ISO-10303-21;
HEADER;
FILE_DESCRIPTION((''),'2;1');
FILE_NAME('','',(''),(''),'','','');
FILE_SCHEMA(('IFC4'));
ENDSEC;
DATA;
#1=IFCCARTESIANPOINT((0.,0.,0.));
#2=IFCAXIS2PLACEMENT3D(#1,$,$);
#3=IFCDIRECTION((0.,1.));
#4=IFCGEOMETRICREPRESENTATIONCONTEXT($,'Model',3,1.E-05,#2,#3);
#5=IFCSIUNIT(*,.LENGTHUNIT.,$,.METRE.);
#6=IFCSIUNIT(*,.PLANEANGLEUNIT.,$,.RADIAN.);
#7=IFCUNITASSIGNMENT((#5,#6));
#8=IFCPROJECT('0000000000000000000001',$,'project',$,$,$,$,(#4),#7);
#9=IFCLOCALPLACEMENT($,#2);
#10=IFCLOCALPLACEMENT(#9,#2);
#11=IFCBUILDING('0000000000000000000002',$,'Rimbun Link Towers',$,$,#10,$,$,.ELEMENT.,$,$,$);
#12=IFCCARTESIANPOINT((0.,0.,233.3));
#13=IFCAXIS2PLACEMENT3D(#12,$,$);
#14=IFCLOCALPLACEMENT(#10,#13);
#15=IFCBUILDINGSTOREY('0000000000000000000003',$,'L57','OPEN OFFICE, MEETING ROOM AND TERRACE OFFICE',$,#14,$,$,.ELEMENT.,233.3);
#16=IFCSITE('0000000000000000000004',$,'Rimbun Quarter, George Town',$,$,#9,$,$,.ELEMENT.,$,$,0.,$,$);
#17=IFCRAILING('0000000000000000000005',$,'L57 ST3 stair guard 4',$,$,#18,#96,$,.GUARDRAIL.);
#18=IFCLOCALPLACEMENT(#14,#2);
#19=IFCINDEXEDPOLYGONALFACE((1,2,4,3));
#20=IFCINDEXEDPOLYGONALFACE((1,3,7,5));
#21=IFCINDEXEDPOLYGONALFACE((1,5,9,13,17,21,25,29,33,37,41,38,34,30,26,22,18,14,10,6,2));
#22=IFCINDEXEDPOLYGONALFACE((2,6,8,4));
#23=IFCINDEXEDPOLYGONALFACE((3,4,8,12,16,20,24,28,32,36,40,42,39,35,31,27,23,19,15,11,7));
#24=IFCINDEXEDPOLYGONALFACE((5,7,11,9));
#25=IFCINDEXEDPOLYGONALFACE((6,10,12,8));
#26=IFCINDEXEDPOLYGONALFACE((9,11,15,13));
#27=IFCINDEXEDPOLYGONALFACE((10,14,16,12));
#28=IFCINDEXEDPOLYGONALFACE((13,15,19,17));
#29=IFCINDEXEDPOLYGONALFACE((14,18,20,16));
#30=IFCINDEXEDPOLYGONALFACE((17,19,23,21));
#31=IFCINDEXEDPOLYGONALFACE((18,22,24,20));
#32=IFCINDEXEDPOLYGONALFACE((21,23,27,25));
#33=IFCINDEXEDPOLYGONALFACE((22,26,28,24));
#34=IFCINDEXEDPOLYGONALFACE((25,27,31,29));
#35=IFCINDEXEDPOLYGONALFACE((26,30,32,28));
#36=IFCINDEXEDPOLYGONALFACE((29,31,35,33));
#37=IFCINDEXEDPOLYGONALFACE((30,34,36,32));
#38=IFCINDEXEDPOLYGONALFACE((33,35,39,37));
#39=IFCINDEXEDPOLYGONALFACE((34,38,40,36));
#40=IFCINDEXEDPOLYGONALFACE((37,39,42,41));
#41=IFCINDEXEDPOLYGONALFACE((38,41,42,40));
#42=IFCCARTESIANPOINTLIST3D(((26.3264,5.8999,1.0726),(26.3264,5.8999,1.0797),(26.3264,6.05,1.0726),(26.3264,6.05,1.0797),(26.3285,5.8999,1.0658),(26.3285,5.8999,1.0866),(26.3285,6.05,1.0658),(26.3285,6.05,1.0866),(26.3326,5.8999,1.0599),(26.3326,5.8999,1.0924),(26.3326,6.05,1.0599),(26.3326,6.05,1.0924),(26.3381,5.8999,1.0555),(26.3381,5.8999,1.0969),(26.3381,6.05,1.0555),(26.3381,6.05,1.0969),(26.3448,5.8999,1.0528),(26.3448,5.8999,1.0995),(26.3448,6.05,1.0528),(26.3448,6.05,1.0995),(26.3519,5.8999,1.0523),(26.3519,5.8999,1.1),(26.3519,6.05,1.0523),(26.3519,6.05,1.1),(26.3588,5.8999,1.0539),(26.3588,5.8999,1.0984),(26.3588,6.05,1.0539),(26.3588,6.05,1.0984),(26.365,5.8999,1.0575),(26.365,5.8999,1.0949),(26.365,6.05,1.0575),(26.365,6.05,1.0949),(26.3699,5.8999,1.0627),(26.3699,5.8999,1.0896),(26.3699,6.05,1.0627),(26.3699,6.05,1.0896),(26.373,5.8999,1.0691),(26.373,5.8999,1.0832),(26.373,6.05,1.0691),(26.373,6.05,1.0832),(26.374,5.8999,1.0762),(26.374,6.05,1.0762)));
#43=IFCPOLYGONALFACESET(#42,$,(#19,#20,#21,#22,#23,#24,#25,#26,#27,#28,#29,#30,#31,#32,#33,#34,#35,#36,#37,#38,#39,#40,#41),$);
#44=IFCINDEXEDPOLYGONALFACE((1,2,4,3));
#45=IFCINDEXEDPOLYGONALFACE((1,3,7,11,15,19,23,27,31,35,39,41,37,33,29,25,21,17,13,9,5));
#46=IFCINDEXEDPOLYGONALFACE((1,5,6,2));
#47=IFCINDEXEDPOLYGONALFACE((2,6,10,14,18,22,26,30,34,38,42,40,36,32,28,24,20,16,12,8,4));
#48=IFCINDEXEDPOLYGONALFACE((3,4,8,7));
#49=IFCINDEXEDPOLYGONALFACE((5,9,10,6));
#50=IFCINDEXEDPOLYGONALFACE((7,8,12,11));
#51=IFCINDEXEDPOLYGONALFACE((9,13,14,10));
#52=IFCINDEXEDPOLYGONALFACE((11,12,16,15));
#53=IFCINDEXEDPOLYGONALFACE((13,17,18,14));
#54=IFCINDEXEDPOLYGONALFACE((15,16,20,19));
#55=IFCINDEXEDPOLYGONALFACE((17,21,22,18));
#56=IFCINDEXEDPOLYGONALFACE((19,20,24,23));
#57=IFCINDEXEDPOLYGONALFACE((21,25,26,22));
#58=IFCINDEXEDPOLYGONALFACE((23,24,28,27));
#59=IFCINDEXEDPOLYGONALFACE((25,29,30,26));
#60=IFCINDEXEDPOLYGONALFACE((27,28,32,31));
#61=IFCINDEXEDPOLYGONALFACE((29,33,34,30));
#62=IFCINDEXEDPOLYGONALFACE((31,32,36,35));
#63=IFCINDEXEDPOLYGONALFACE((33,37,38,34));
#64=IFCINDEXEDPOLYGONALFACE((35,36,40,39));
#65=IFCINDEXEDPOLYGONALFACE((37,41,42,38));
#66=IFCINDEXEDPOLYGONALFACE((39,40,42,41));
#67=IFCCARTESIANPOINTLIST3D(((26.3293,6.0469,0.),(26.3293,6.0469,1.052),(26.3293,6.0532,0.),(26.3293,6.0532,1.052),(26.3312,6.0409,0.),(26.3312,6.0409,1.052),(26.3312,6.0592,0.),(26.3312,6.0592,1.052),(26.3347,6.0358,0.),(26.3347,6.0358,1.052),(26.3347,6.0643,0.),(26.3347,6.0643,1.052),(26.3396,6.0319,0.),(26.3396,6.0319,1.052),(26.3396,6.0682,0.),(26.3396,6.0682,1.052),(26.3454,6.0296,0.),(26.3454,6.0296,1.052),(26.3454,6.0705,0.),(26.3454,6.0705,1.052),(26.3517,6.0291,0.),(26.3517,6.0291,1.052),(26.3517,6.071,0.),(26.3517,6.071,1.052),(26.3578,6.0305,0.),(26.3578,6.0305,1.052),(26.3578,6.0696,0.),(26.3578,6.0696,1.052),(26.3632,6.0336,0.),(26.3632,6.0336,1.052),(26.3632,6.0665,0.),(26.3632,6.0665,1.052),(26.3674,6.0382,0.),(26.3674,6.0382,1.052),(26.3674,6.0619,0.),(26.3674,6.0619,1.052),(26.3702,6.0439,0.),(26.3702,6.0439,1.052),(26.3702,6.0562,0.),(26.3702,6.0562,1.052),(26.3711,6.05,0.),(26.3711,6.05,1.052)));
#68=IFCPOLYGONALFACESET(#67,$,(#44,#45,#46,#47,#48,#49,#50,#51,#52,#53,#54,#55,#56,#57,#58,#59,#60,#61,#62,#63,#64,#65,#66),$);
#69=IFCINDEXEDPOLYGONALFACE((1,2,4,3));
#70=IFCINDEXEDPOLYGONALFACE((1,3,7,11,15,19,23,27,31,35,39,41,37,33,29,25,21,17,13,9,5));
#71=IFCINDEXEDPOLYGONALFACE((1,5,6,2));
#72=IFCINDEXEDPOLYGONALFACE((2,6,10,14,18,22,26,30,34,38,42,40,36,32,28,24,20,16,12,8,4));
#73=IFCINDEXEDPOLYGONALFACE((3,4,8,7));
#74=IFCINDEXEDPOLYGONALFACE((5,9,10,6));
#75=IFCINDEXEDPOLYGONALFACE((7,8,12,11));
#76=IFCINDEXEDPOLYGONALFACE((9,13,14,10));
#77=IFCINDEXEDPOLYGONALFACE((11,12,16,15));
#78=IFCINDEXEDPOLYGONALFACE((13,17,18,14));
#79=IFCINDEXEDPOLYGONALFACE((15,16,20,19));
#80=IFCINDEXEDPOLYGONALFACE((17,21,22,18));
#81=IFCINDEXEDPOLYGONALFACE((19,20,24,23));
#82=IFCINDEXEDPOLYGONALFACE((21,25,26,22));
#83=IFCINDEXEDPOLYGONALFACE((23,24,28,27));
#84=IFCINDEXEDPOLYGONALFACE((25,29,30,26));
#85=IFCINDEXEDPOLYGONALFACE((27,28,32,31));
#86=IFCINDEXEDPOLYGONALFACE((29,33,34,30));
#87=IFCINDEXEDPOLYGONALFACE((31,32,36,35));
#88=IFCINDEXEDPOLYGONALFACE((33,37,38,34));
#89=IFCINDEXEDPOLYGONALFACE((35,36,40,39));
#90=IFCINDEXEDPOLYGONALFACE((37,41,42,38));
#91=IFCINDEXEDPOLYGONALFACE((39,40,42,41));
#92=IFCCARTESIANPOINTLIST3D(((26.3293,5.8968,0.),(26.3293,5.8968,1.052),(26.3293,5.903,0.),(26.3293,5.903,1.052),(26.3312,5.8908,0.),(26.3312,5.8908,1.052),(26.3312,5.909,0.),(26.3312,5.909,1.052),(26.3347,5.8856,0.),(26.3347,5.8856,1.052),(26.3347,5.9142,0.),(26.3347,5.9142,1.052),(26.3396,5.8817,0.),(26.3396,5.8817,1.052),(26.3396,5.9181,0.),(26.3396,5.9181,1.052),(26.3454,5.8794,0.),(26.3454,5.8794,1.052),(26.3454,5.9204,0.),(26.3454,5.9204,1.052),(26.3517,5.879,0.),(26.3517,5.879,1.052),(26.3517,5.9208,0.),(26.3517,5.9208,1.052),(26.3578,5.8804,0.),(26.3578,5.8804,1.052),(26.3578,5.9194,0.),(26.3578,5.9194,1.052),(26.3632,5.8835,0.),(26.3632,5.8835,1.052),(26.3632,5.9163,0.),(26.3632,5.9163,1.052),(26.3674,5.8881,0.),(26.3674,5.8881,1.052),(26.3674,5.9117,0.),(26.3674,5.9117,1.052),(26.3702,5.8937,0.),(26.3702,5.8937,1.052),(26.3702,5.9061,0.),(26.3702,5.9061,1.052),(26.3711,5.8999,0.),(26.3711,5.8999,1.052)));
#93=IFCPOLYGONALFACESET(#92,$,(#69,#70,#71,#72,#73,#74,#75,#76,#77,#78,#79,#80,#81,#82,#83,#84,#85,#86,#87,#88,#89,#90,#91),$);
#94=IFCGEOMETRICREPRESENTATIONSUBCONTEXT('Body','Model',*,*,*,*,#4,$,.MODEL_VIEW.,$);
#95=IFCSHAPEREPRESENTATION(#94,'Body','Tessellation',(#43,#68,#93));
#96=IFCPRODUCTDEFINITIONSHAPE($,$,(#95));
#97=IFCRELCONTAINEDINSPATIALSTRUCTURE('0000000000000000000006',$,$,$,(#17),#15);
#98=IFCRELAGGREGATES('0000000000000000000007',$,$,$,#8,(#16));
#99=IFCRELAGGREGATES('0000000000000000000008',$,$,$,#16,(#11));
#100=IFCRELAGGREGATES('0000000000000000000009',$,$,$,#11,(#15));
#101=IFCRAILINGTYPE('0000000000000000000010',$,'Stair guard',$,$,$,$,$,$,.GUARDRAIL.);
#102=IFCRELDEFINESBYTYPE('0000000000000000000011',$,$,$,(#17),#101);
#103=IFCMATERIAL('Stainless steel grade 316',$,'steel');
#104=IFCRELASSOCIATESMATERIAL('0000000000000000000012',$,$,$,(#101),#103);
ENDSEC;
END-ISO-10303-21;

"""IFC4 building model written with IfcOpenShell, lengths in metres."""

from ifc_helpers import new_model, si_unit, direction, frame, origin, origin_2d, place, context, subcontext, project, spatial, circle, extrude, material, type_object, element, save


model = new_model("IFC4")

# Units and contexts
model_context = context("Model", 3, precision=1e-05, world=origin(), true_north=direction((0.0, 1.0)))
body_context = subcontext(model_context, "Body", "Model", "MODEL_VIEW")
ifc_project = project(units=[si_unit("LENGTHUNIT", "METRE"), si_unit("PLANEANGLEUNIT", "RADIAN")], contexts=[model_context])

# Site, building, storey
site_placement = place(None, origin())
site = spatial("IfcSite", under=ifc_project, at=site_placement, Name="Rimbun Quarter, George Town", CompositionType="ELEMENT", RefElevation=0.0)
building_placement = place(site_placement, origin())
building = spatial("IfcBuilding", under=site, at=building_placement, Name="Rimbun Link Towers", CompositionType="ELEMENT")
storey_placement = place(building_placement, frame((0.0, 0.0, 233.3)))
storey = spatial("IfcBuildingStorey", under=building, at=storey_placement, Name="L57", Description="OPEN OFFICE, MEETING ROOM AND TERRACE OFFICE", CompositionType="ELEMENT", Elevation=233.3)

# Railing
ifc_material_1 = material(Name="Stainless steel grade 316", Category="steel")
railing_type_1 = type_object("IfcRailingType", Name="Stair guard", PredefinedType="GUARDRAIL", material=ifc_material_1)
railing_1_placement = place(storey_placement, frame((26.3501, 6.05, 0.0)))
element("IfcRailing", 1, at=railing_1_placement, inside=storey, type_object=railing_type_1, Name="L57 ST3 stair guard 4", PredefinedType="GUARDRAIL", context=body_context, shape_type="SweptSolid", body=[
    extrude(circle(Radius=0.0239, at=origin_2d()), frame((0.0, 0.0, 1.0762), z_axis=(0.0, -1.0, 0.0), x_axis=(1.0, 0.0, 0.0)), (0.0, 0.0, 1.0), 0.1501),
    extrude(circle(Radius=0.021, at=origin_2d()), origin(), (0.0, 0.0, 1.0), 1.052),
    extrude(circle(Radius=0.021, at=origin_2d()), frame((0.0, -0.1501, 0.0)), (0.0, 0.0, 1.0), 1.052),
])

save(model, "model.ifc")
